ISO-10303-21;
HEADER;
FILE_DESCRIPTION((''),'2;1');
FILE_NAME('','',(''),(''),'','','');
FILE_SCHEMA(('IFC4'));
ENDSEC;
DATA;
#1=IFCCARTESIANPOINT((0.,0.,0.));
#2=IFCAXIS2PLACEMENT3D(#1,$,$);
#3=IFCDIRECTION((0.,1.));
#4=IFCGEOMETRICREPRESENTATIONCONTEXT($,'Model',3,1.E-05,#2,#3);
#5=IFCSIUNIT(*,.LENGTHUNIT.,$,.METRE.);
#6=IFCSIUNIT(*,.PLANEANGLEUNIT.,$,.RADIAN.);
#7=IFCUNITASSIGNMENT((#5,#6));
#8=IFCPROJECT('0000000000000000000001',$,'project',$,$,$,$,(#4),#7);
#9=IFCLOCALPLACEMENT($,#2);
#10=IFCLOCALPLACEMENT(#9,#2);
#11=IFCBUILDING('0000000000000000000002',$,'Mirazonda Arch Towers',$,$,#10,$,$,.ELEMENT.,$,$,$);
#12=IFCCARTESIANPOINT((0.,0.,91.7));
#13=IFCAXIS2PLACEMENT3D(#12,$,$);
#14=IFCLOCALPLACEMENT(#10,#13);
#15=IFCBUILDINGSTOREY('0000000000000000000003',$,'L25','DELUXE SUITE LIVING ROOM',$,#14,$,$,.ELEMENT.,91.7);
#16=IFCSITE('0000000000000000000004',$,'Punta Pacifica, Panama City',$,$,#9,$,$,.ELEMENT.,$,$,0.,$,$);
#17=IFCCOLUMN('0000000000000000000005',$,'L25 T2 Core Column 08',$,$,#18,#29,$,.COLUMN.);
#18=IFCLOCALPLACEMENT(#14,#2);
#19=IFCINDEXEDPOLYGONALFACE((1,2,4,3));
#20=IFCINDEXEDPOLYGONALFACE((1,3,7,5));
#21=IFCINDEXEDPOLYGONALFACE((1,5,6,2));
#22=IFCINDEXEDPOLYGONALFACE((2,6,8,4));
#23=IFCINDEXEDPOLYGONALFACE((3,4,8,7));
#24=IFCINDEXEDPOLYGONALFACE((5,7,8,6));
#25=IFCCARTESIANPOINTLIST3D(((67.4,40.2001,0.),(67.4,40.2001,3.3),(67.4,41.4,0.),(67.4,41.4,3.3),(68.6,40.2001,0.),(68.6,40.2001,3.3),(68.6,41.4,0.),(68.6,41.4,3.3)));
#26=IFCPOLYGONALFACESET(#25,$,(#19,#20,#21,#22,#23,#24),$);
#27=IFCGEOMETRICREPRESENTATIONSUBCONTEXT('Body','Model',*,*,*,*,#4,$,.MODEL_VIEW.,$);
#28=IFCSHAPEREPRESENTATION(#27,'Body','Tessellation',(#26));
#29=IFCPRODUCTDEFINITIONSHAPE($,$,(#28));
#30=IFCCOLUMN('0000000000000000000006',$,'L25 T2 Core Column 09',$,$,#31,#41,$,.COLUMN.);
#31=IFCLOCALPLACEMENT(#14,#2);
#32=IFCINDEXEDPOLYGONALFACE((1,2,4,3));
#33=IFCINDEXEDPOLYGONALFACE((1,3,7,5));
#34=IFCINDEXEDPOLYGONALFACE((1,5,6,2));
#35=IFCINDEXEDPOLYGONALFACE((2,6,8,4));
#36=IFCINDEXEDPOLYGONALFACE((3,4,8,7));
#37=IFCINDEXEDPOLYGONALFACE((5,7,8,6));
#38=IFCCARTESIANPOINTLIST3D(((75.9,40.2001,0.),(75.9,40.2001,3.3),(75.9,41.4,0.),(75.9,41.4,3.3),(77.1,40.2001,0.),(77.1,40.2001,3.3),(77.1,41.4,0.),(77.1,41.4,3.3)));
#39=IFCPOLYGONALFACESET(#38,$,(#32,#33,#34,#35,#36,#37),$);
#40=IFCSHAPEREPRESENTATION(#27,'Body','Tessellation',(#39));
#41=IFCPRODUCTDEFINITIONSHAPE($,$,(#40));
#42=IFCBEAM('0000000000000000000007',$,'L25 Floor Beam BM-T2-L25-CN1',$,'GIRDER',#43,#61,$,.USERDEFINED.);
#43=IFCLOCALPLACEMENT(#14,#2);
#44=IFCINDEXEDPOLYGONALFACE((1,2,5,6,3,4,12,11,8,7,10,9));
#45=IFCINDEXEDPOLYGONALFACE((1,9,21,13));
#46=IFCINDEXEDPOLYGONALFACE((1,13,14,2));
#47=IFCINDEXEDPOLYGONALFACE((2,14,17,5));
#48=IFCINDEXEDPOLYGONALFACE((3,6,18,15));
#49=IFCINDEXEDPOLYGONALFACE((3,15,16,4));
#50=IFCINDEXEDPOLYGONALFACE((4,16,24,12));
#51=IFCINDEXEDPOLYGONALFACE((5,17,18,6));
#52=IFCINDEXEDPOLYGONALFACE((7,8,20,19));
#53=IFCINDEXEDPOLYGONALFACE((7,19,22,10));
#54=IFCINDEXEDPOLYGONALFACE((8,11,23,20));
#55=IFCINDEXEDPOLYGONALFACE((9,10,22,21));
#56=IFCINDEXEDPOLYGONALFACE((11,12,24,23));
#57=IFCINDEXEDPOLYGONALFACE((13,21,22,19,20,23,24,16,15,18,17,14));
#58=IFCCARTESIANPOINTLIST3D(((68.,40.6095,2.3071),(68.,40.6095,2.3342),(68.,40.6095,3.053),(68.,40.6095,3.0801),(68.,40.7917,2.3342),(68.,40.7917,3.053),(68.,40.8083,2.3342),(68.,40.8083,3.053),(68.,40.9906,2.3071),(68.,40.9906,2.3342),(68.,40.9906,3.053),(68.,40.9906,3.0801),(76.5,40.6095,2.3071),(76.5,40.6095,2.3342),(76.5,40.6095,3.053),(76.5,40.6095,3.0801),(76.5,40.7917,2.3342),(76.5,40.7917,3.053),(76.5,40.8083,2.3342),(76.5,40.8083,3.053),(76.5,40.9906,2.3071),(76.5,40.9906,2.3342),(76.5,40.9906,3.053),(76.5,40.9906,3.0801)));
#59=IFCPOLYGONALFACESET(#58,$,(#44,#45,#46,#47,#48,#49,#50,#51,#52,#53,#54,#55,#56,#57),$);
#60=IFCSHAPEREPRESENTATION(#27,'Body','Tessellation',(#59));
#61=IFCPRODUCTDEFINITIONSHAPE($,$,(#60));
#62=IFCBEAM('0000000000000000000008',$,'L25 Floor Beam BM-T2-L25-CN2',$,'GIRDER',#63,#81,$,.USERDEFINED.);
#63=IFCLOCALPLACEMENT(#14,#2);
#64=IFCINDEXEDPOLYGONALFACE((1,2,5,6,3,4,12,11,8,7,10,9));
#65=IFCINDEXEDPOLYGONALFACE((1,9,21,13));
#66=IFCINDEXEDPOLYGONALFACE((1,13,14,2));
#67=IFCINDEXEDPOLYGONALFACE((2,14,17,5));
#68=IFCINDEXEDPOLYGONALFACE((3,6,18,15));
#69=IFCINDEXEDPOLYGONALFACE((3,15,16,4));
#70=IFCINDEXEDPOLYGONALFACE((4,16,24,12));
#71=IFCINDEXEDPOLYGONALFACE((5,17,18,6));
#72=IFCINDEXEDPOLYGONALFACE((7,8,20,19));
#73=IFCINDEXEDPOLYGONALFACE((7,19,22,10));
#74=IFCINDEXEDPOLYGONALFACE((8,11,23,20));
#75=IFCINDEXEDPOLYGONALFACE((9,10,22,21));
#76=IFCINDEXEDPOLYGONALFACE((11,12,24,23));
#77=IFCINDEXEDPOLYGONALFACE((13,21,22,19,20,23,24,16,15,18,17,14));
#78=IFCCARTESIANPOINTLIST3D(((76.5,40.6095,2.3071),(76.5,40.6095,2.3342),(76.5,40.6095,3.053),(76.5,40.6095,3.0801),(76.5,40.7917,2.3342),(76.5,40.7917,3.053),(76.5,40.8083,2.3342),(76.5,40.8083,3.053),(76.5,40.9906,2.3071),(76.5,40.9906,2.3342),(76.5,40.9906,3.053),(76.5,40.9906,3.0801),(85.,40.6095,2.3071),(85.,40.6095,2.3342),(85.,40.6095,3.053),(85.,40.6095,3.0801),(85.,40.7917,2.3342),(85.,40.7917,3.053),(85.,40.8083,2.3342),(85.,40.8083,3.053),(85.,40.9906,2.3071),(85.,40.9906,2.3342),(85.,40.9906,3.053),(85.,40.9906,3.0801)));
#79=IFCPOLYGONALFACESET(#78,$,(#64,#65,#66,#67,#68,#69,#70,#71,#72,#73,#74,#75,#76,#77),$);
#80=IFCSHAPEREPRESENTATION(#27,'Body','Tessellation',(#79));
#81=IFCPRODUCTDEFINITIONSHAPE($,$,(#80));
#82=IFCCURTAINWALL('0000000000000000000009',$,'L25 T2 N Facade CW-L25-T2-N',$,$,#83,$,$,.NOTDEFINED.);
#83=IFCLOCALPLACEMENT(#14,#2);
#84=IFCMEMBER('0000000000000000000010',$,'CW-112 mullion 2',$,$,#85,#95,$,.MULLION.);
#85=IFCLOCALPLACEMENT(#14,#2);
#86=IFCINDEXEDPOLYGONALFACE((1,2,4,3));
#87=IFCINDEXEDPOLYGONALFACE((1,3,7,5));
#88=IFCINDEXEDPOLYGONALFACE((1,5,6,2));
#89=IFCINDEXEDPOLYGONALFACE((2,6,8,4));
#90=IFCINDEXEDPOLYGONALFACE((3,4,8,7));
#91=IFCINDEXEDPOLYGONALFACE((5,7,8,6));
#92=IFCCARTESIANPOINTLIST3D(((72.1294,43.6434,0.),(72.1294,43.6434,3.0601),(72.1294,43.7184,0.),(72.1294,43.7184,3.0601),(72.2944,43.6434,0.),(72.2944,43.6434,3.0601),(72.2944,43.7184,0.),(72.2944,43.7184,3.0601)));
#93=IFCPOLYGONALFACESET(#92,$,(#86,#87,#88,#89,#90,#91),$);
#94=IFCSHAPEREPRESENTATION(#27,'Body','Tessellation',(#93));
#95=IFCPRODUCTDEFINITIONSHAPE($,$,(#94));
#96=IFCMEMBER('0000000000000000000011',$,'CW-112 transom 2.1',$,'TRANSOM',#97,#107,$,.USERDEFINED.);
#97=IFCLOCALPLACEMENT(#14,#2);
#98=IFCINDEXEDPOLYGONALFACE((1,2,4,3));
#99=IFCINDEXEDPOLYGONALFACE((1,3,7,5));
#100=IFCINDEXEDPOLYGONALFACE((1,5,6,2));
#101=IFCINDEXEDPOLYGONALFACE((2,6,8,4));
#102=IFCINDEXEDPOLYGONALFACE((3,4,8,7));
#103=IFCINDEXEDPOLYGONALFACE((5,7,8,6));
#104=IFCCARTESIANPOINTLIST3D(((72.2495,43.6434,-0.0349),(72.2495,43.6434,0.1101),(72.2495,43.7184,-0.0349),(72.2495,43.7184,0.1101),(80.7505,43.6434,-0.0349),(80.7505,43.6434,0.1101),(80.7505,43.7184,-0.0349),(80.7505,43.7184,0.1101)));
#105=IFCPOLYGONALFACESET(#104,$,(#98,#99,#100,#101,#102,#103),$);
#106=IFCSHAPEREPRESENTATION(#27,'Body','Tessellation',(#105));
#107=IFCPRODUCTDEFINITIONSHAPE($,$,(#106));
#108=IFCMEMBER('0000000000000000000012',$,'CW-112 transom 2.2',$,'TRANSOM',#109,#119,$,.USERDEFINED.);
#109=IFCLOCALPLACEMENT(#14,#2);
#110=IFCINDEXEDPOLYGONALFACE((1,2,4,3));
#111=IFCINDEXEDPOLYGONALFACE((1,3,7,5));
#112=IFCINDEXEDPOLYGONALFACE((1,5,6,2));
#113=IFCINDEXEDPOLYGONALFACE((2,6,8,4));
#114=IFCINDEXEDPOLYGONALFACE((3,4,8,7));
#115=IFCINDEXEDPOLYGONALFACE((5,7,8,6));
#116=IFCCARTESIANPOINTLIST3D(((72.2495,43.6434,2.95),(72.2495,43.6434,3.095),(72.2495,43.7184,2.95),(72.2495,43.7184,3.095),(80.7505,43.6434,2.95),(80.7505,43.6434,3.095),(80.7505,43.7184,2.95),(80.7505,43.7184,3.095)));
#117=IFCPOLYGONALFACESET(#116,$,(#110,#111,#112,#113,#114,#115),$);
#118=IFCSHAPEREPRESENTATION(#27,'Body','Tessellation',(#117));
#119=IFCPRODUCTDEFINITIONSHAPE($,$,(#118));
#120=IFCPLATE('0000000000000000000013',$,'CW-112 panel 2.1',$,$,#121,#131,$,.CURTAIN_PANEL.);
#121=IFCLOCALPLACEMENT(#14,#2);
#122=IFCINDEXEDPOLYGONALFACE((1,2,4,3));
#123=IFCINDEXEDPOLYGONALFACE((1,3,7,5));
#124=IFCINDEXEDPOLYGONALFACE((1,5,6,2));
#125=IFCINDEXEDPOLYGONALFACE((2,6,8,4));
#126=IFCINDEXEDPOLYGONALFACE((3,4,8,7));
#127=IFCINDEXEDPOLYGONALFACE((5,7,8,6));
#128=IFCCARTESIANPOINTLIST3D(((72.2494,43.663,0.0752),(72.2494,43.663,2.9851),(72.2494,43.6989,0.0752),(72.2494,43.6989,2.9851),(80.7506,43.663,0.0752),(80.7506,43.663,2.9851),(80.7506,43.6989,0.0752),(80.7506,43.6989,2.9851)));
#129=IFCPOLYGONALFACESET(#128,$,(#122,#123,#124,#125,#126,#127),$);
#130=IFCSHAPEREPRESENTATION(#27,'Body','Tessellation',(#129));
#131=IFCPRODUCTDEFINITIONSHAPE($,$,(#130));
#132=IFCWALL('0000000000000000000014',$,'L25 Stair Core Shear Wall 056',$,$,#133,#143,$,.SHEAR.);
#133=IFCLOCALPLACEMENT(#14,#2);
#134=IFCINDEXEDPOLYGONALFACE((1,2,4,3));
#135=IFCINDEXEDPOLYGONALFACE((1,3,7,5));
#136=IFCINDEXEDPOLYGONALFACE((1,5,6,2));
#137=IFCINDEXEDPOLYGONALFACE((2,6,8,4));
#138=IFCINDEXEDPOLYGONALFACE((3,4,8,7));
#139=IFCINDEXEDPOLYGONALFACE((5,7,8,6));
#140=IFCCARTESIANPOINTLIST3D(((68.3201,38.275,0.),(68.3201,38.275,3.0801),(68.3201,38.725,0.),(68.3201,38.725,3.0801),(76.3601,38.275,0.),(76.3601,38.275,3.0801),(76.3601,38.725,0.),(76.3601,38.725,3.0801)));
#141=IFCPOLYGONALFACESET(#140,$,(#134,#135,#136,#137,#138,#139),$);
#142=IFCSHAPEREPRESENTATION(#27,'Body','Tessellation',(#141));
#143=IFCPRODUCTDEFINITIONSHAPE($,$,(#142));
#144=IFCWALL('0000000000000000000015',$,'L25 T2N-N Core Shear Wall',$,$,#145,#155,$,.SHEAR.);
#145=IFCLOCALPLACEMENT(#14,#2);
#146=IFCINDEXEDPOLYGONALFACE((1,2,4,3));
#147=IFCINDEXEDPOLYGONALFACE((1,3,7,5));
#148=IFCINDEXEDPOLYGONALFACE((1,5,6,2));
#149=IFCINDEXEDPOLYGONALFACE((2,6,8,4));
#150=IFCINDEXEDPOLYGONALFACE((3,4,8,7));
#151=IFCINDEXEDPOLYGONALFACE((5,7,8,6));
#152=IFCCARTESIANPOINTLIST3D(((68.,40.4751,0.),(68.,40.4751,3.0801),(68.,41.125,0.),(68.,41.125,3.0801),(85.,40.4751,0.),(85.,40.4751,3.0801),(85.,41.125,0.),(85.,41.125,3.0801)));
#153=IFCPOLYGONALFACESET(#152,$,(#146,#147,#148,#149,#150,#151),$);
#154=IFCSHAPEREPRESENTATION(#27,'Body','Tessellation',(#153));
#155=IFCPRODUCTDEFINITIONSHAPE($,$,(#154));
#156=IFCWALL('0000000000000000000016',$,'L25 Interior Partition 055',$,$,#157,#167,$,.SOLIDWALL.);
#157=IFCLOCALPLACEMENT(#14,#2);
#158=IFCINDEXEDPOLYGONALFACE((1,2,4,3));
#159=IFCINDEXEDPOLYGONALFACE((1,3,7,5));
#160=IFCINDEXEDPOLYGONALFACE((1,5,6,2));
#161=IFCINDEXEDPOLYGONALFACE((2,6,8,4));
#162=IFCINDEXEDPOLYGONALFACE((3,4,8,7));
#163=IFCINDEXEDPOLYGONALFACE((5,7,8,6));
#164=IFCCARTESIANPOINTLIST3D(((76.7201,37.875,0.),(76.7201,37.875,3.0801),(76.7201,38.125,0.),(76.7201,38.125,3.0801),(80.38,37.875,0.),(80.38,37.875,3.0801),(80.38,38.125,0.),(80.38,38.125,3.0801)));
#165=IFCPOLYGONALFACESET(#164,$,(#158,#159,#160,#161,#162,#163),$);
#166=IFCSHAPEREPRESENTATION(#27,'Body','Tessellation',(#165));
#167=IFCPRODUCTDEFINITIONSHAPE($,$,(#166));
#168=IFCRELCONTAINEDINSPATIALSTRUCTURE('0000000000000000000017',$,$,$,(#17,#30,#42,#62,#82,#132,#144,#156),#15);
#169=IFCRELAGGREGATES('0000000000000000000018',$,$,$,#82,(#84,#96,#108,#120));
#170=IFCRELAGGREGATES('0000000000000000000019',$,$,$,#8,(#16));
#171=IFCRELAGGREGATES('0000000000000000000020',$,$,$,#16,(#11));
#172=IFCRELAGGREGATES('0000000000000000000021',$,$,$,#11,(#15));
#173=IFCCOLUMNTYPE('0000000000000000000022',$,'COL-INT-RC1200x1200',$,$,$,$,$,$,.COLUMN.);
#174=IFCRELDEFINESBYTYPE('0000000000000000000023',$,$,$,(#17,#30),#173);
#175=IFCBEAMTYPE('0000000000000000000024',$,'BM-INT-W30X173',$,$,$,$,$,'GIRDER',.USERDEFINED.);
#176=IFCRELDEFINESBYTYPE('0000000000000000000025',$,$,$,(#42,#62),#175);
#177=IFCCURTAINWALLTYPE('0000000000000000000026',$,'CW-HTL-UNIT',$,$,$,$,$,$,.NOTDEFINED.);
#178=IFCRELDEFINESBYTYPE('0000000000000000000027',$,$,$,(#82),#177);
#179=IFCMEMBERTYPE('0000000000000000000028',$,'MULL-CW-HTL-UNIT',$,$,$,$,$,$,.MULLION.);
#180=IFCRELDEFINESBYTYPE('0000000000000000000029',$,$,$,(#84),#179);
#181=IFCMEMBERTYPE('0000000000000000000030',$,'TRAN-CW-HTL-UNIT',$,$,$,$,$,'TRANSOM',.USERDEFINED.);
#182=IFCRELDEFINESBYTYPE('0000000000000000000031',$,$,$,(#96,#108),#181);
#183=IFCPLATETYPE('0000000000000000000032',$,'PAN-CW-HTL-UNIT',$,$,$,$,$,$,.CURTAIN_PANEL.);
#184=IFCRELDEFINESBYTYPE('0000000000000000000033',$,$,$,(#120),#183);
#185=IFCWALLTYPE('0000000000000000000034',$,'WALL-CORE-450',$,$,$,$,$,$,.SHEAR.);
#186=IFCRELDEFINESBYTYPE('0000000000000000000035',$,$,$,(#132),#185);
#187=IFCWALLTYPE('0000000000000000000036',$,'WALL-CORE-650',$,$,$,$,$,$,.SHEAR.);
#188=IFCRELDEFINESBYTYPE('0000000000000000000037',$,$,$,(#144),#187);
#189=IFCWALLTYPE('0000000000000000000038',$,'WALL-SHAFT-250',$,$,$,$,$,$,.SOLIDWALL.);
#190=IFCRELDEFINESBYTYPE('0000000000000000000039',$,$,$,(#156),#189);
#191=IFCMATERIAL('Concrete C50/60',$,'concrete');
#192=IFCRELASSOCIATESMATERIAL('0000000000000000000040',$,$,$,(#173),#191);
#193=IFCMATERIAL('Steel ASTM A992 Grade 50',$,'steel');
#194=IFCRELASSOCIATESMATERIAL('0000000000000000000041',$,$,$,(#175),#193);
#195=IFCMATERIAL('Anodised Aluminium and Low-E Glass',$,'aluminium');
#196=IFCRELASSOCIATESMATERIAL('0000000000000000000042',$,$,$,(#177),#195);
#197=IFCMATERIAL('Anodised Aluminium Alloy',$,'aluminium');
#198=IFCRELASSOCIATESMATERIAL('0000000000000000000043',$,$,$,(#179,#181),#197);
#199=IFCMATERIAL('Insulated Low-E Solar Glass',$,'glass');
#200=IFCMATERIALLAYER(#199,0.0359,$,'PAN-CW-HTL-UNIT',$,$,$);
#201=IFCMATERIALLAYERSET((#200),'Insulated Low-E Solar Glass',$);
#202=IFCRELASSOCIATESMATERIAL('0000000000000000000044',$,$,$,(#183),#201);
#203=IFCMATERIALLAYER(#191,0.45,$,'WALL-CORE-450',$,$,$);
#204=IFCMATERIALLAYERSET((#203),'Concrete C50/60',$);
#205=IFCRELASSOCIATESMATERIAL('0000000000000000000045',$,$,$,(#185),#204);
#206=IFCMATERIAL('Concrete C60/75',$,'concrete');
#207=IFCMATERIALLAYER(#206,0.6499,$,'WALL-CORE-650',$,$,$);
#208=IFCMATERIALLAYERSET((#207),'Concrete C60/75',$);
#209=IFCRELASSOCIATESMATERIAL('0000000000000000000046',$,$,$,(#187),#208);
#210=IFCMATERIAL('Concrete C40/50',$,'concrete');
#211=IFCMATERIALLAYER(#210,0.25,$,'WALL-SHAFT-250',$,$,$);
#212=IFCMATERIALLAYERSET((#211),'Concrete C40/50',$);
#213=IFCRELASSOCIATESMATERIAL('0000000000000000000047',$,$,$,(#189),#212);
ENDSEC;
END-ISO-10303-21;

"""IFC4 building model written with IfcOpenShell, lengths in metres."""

from ifc_helpers import new_model, si_unit, direction, frame, frame_2d, origin, origin_2d, place, context, subcontext, project, spatial, rectangle, i_section, extrude, material, layer, layer_set, material_profile, profile_set, type_object, element, aggregate, save


model = new_model("IFC4")

# Units and contexts
model_context = context("Model", 3, precision=1e-05, world=origin(), true_north=direction((0.0, 1.0)))
body_context = subcontext(model_context, "Body", "Model", "MODEL_VIEW")
ifc_project = project(units=[si_unit("LENGTHUNIT", "METRE"), si_unit("PLANEANGLEUNIT", "RADIAN")], contexts=[model_context])

# Site, building, storey
site_placement = place(None, origin())
site = spatial("IfcSite", under=ifc_project, at=site_placement, Name="Punta Pacifica, Panama City", CompositionType="ELEMENT", RefElevation=0.0)
building_placement = place(site_placement, origin())
building = spatial("IfcBuilding", under=site, at=building_placement, Name="Mirazonda Arch Towers", CompositionType="ELEMENT")
storey_placement = place(building_placement, frame((0.0, 0.0, 91.7)))
storey = spatial("IfcBuildingStorey", under=building, at=storey_placement, Name="L25", Description="DELUXE SUITE LIVING ROOM", CompositionType="ELEMENT", Elevation=91.7)

# Columns
ifc_material_1 = material(Name="Concrete C50/60", Category="concrete")
ifc_material_profile_1 = material_profile(ifc_material_1, rectangle(XDim=1.2, YDim=1.2, at=origin_2d()), Name="RC1200x1200")
ifc_profile_set_1 = profile_set([ifc_material_profile_1], Name="Concrete C50/60")
column_type = type_object("IfcColumnType", Name="COL-INT-RC1200x1200", PredefinedType="COLUMN", material=ifc_profile_set_1)
for number, where, z_axis, x_axis, name in (
    (1, (68.0, 40.8, 0.0), (0.0, 0.0, 1.0), (1.0, 0.0, 0.0), "L25 T2 Core Column 08"),
    (2, (76.5, 40.8, 0.0), (0.0, 0.0, 1.0), (1.0, 0.0, 0.0), "L25 T2 Core Column 09"),
):
    element("IfcColumn", number, at=place(storey_placement, frame(where, z_axis=z_axis, x_axis=x_axis)), inside=storey, type_object=column_type, Name=name, PredefinedType="COLUMN", context=body_context, shape_type="SweptSolid", body=[
        extrude(rectangle(XDim=1.2, YDim=1.2, at=origin_2d()), origin(), (0.0, 0.0, 1.0), 3.3),
    ])

# Beams
ifc_material_2 = material(Name="Steel ASTM A992 Grade 50", Category="steel")
ifc_material_profile_2 = material_profile(ifc_material_2, i_section(OverallWidth=0.3811, OverallDepth=0.7729, WebThickness=0.0166, FlangeThickness=0.0271, at=origin_2d()), Name="W30X173")
ifc_profile_set_2 = profile_set([ifc_material_profile_2], Name="Steel ASTM A992 Grade 50")
beam_type = type_object("IfcBeamType", Name="BM-INT-W30X173", ElementType="GIRDER", PredefinedType="USERDEFINED", material=ifc_profile_set_2)
for number, where, z_axis, x_axis, name in (
    (3, (68.0, 40.8, 2.6936), (1.0, 0.0, 0.0), (0.0, 1.0, 0.0), "L25 Floor Beam BM-T2-L25-CN1"),
    (4, (76.5, 40.8, 2.6936), (1.0, 0.0, 0.0), (0.0, 1.0, 0.0), "L25 Floor Beam BM-T2-L25-CN2"),
):
    element("IfcBeam", number, at=place(storey_placement, frame(where, z_axis=z_axis, x_axis=x_axis)), inside=storey, type_object=beam_type, Name=name, ObjectType="GIRDER", PredefinedType="USERDEFINED", context=body_context, shape_type="SweptSolid", body=[
        extrude(i_section(OverallWidth=0.3811, OverallDepth=0.7729, WebThickness=0.0166, FlangeThickness=0.0271, at=origin_2d()), origin(), (0.0, 0.0, 1.0), 8.5),
    ])

# Curtain wall, members, plate
ifc_material_3 = material(Name="Anodised Aluminium and Low-E Glass", Category="aluminium")
curtain_wall_type = type_object("IfcCurtainWallType", Name="CW-HTL-UNIT", PredefinedType="NOTDEFINED", material=ifc_material_3)
curtain_wall_placement = place(storey_placement, origin())
curtain_wall = element("IfcCurtainWall", 5, at=curtain_wall_placement, inside=storey, type_object=curtain_wall_type, Name="L25 T2 N Facade CW-L25-T2-N", PredefinedType="NOTDEFINED")
ifc_material_4 = material(Name="Anodised Aluminium Alloy", Category="aluminium")
ifc_material_profile_3 = material_profile(ifc_material_4, rectangle(XDim=0.075, YDim=0.165, at=origin_2d()), Name="ALU-MULL-75x165")
ifc_profile_set_3 = profile_set([ifc_material_profile_3], Name="Anodised Aluminium Alloy")
member_type_1 = type_object("IfcMemberType", Name="MULL-CW-HTL-UNIT", PredefinedType="MULLION", material=ifc_profile_set_3)
member_1_placement = place(storey_placement, frame((72.2119, 43.6809, 0.0), z_axis=(0.0, 0.0, 1.0), x_axis=(0.0, 1.0, 0.0)))
member_1 = element("IfcMember", 6, at=member_1_placement, type_object=member_type_1, Name="CW-112 mullion 2", PredefinedType="MULLION", context=body_context, shape_type="SweptSolid", body=[
    extrude(rectangle(XDim=0.075, YDim=0.165, at=origin_2d()), origin(), (0.0, 0.0, 1.0), 3.0601),
])
ifc_material_profile_4 = material_profile(ifc_material_4, rectangle(XDim=0.075, YDim=0.145, at=origin_2d()), Name="ALU-TRAN-75x145")
ifc_profile_set_4 = profile_set([ifc_material_profile_4], Name="Anodised Aluminium Alloy")
member_type_2 = type_object("IfcMemberType", Name="TRAN-CW-HTL-UNIT", ElementType="TRANSOM", PredefinedType="USERDEFINED", material=ifc_profile_set_4)
member_2_placement = place(storey_placement, frame((72.2495, 43.6809, 0.0376), z_axis=(1.0, 0.0, 0.0), x_axis=(0.0, 1.0, 0.0)))
member_2 = element("IfcMember", 7, at=member_2_placement, type_object=member_type_2, Name="CW-112 transom 2.1", ObjectType="TRANSOM", PredefinedType="USERDEFINED", context=body_context, shape_type="SweptSolid", body=[
    extrude(rectangle(XDim=0.075, YDim=0.145, at=origin_2d()), origin(), (0.0, 0.0, 1.0), 8.501),
])
member_3_placement = place(storey_placement, frame((72.2495, 43.6809, 3.0225), z_axis=(1.0, 0.0, 0.0), x_axis=(0.0, 1.0, 0.0)))
member_3 = element("IfcMember", 8, at=member_3_placement, type_object=member_type_2, Name="CW-112 transom 2.2", ObjectType="TRANSOM", PredefinedType="USERDEFINED", context=body_context, shape_type="SweptSolid", body=[
    extrude(rectangle(XDim=0.075, YDim=0.145, at=origin_2d()), origin(), (0.0, 0.0, 1.0), 8.501),
])
ifc_material_5 = material(Name="Insulated Low-E Solar Glass", Category="glass")
ifc_layer_1 = layer(ifc_material_5, 0.0359, Name="PAN-CW-HTL-UNIT")
ifc_layer_set_1 = layer_set([ifc_layer_1], Name="Insulated Low-E Solar Glass")
plate_type = type_object("IfcPlateType", Name="PAN-CW-HTL-UNIT", PredefinedType="CURTAIN_PANEL", material=ifc_layer_set_1)
plate_placement = place(storey_placement, frame((76.5, 43.6809, 0.0752), z_axis=(0.0, 0.0, 1.0), x_axis=(1.0, 0.0, 0.0)))
plate = element("IfcPlate", 9, at=plate_placement, type_object=plate_type, Name="CW-112 panel 2.1", PredefinedType="CURTAIN_PANEL", context=body_context, shape_type="SweptSolid", body=[
    extrude(rectangle(XDim=8.5012, YDim=0.0359, at=origin_2d()), origin(), (0.0, 0.0, 1.0), 2.9099),
])
aggregate(curtain_wall, [member_1, member_2, member_3, plate])

# Walls
ifc_layer_2 = layer(ifc_material_1, 0.45, Name="WALL-CORE-450")
ifc_layer_set_2 = layer_set([ifc_layer_2], Name="Concrete C50/60")
wall_type_1 = type_object("IfcWallType", Name="WALL-CORE-450", PredefinedType="SHEAR", material=ifc_layer_set_2)
wall_1_placement = place(storey_placement, frame((68.3201, 38.5, 0.0), z_axis=(0.0, 0.0, 1.0), x_axis=(1.0, 0.0, 0.0)))
element("IfcWall", 10, at=wall_1_placement, inside=storey, type_object=wall_type_1, Name="L25 Stair Core Shear Wall 056", PredefinedType="SHEAR", context=body_context, shape_type="SweptSolid", body=[
    extrude(rectangle(XDim=8.04, YDim=0.45, at=frame_2d((4.02, 0.0))), origin(), (0.0, 0.0, 1.0), 3.0801),
])
ifc_material_6 = material(Name="Concrete C60/75", Category="concrete")
ifc_layer_3 = layer(ifc_material_6, 0.6499, Name="WALL-CORE-650")
ifc_layer_set_3 = layer_set([ifc_layer_3], Name="Concrete C60/75")
wall_type_2 = type_object("IfcWallType", Name="WALL-CORE-650", PredefinedType="SHEAR", material=ifc_layer_set_3)
wall_2_placement = place(storey_placement, frame((68.0, 40.8, 0.0), z_axis=(0.0, 0.0, 1.0), x_axis=(1.0, 0.0, 0.0)))
element("IfcWall", 11, at=wall_2_placement, inside=storey, type_object=wall_type_2, Name="L25 T2N-N Core Shear Wall", PredefinedType="SHEAR", context=body_context, shape_type="SweptSolid", body=[
    extrude(rectangle(XDim=17.0, YDim=0.6499, at=frame_2d((8.5, 0.0))), origin(), (0.0, 0.0, 1.0), 3.0801),
])
ifc_material_7 = material(Name="Concrete C40/50", Category="concrete")
ifc_layer_4 = layer(ifc_material_7, 0.25, Name="WALL-SHAFT-250")
ifc_layer_set_4 = layer_set([ifc_layer_4], Name="Concrete C40/50")
wall_type_3 = type_object("IfcWallType", Name="WALL-SHAFT-250", PredefinedType="SOLIDWALL", material=ifc_layer_set_4)
wall_3_placement = place(storey_placement, frame((76.72, 38.0, 0.0), z_axis=(0.0, 0.0, 1.0), x_axis=(1.0, 0.0, 0.0)))
element("IfcWall", 12, at=wall_3_placement, inside=storey, type_object=wall_type_3, Name="L25 Interior Partition 055", PredefinedType="SOLIDWALL", context=body_context, shape_type="SweptSolid", body=[
    extrude(rectangle(XDim=3.6599, YDim=0.25, at=frame_2d((1.8301, 0.0))), origin(), (0.0, 0.0, 1.0), 3.0801),
])

save(model, "model.ifc")
